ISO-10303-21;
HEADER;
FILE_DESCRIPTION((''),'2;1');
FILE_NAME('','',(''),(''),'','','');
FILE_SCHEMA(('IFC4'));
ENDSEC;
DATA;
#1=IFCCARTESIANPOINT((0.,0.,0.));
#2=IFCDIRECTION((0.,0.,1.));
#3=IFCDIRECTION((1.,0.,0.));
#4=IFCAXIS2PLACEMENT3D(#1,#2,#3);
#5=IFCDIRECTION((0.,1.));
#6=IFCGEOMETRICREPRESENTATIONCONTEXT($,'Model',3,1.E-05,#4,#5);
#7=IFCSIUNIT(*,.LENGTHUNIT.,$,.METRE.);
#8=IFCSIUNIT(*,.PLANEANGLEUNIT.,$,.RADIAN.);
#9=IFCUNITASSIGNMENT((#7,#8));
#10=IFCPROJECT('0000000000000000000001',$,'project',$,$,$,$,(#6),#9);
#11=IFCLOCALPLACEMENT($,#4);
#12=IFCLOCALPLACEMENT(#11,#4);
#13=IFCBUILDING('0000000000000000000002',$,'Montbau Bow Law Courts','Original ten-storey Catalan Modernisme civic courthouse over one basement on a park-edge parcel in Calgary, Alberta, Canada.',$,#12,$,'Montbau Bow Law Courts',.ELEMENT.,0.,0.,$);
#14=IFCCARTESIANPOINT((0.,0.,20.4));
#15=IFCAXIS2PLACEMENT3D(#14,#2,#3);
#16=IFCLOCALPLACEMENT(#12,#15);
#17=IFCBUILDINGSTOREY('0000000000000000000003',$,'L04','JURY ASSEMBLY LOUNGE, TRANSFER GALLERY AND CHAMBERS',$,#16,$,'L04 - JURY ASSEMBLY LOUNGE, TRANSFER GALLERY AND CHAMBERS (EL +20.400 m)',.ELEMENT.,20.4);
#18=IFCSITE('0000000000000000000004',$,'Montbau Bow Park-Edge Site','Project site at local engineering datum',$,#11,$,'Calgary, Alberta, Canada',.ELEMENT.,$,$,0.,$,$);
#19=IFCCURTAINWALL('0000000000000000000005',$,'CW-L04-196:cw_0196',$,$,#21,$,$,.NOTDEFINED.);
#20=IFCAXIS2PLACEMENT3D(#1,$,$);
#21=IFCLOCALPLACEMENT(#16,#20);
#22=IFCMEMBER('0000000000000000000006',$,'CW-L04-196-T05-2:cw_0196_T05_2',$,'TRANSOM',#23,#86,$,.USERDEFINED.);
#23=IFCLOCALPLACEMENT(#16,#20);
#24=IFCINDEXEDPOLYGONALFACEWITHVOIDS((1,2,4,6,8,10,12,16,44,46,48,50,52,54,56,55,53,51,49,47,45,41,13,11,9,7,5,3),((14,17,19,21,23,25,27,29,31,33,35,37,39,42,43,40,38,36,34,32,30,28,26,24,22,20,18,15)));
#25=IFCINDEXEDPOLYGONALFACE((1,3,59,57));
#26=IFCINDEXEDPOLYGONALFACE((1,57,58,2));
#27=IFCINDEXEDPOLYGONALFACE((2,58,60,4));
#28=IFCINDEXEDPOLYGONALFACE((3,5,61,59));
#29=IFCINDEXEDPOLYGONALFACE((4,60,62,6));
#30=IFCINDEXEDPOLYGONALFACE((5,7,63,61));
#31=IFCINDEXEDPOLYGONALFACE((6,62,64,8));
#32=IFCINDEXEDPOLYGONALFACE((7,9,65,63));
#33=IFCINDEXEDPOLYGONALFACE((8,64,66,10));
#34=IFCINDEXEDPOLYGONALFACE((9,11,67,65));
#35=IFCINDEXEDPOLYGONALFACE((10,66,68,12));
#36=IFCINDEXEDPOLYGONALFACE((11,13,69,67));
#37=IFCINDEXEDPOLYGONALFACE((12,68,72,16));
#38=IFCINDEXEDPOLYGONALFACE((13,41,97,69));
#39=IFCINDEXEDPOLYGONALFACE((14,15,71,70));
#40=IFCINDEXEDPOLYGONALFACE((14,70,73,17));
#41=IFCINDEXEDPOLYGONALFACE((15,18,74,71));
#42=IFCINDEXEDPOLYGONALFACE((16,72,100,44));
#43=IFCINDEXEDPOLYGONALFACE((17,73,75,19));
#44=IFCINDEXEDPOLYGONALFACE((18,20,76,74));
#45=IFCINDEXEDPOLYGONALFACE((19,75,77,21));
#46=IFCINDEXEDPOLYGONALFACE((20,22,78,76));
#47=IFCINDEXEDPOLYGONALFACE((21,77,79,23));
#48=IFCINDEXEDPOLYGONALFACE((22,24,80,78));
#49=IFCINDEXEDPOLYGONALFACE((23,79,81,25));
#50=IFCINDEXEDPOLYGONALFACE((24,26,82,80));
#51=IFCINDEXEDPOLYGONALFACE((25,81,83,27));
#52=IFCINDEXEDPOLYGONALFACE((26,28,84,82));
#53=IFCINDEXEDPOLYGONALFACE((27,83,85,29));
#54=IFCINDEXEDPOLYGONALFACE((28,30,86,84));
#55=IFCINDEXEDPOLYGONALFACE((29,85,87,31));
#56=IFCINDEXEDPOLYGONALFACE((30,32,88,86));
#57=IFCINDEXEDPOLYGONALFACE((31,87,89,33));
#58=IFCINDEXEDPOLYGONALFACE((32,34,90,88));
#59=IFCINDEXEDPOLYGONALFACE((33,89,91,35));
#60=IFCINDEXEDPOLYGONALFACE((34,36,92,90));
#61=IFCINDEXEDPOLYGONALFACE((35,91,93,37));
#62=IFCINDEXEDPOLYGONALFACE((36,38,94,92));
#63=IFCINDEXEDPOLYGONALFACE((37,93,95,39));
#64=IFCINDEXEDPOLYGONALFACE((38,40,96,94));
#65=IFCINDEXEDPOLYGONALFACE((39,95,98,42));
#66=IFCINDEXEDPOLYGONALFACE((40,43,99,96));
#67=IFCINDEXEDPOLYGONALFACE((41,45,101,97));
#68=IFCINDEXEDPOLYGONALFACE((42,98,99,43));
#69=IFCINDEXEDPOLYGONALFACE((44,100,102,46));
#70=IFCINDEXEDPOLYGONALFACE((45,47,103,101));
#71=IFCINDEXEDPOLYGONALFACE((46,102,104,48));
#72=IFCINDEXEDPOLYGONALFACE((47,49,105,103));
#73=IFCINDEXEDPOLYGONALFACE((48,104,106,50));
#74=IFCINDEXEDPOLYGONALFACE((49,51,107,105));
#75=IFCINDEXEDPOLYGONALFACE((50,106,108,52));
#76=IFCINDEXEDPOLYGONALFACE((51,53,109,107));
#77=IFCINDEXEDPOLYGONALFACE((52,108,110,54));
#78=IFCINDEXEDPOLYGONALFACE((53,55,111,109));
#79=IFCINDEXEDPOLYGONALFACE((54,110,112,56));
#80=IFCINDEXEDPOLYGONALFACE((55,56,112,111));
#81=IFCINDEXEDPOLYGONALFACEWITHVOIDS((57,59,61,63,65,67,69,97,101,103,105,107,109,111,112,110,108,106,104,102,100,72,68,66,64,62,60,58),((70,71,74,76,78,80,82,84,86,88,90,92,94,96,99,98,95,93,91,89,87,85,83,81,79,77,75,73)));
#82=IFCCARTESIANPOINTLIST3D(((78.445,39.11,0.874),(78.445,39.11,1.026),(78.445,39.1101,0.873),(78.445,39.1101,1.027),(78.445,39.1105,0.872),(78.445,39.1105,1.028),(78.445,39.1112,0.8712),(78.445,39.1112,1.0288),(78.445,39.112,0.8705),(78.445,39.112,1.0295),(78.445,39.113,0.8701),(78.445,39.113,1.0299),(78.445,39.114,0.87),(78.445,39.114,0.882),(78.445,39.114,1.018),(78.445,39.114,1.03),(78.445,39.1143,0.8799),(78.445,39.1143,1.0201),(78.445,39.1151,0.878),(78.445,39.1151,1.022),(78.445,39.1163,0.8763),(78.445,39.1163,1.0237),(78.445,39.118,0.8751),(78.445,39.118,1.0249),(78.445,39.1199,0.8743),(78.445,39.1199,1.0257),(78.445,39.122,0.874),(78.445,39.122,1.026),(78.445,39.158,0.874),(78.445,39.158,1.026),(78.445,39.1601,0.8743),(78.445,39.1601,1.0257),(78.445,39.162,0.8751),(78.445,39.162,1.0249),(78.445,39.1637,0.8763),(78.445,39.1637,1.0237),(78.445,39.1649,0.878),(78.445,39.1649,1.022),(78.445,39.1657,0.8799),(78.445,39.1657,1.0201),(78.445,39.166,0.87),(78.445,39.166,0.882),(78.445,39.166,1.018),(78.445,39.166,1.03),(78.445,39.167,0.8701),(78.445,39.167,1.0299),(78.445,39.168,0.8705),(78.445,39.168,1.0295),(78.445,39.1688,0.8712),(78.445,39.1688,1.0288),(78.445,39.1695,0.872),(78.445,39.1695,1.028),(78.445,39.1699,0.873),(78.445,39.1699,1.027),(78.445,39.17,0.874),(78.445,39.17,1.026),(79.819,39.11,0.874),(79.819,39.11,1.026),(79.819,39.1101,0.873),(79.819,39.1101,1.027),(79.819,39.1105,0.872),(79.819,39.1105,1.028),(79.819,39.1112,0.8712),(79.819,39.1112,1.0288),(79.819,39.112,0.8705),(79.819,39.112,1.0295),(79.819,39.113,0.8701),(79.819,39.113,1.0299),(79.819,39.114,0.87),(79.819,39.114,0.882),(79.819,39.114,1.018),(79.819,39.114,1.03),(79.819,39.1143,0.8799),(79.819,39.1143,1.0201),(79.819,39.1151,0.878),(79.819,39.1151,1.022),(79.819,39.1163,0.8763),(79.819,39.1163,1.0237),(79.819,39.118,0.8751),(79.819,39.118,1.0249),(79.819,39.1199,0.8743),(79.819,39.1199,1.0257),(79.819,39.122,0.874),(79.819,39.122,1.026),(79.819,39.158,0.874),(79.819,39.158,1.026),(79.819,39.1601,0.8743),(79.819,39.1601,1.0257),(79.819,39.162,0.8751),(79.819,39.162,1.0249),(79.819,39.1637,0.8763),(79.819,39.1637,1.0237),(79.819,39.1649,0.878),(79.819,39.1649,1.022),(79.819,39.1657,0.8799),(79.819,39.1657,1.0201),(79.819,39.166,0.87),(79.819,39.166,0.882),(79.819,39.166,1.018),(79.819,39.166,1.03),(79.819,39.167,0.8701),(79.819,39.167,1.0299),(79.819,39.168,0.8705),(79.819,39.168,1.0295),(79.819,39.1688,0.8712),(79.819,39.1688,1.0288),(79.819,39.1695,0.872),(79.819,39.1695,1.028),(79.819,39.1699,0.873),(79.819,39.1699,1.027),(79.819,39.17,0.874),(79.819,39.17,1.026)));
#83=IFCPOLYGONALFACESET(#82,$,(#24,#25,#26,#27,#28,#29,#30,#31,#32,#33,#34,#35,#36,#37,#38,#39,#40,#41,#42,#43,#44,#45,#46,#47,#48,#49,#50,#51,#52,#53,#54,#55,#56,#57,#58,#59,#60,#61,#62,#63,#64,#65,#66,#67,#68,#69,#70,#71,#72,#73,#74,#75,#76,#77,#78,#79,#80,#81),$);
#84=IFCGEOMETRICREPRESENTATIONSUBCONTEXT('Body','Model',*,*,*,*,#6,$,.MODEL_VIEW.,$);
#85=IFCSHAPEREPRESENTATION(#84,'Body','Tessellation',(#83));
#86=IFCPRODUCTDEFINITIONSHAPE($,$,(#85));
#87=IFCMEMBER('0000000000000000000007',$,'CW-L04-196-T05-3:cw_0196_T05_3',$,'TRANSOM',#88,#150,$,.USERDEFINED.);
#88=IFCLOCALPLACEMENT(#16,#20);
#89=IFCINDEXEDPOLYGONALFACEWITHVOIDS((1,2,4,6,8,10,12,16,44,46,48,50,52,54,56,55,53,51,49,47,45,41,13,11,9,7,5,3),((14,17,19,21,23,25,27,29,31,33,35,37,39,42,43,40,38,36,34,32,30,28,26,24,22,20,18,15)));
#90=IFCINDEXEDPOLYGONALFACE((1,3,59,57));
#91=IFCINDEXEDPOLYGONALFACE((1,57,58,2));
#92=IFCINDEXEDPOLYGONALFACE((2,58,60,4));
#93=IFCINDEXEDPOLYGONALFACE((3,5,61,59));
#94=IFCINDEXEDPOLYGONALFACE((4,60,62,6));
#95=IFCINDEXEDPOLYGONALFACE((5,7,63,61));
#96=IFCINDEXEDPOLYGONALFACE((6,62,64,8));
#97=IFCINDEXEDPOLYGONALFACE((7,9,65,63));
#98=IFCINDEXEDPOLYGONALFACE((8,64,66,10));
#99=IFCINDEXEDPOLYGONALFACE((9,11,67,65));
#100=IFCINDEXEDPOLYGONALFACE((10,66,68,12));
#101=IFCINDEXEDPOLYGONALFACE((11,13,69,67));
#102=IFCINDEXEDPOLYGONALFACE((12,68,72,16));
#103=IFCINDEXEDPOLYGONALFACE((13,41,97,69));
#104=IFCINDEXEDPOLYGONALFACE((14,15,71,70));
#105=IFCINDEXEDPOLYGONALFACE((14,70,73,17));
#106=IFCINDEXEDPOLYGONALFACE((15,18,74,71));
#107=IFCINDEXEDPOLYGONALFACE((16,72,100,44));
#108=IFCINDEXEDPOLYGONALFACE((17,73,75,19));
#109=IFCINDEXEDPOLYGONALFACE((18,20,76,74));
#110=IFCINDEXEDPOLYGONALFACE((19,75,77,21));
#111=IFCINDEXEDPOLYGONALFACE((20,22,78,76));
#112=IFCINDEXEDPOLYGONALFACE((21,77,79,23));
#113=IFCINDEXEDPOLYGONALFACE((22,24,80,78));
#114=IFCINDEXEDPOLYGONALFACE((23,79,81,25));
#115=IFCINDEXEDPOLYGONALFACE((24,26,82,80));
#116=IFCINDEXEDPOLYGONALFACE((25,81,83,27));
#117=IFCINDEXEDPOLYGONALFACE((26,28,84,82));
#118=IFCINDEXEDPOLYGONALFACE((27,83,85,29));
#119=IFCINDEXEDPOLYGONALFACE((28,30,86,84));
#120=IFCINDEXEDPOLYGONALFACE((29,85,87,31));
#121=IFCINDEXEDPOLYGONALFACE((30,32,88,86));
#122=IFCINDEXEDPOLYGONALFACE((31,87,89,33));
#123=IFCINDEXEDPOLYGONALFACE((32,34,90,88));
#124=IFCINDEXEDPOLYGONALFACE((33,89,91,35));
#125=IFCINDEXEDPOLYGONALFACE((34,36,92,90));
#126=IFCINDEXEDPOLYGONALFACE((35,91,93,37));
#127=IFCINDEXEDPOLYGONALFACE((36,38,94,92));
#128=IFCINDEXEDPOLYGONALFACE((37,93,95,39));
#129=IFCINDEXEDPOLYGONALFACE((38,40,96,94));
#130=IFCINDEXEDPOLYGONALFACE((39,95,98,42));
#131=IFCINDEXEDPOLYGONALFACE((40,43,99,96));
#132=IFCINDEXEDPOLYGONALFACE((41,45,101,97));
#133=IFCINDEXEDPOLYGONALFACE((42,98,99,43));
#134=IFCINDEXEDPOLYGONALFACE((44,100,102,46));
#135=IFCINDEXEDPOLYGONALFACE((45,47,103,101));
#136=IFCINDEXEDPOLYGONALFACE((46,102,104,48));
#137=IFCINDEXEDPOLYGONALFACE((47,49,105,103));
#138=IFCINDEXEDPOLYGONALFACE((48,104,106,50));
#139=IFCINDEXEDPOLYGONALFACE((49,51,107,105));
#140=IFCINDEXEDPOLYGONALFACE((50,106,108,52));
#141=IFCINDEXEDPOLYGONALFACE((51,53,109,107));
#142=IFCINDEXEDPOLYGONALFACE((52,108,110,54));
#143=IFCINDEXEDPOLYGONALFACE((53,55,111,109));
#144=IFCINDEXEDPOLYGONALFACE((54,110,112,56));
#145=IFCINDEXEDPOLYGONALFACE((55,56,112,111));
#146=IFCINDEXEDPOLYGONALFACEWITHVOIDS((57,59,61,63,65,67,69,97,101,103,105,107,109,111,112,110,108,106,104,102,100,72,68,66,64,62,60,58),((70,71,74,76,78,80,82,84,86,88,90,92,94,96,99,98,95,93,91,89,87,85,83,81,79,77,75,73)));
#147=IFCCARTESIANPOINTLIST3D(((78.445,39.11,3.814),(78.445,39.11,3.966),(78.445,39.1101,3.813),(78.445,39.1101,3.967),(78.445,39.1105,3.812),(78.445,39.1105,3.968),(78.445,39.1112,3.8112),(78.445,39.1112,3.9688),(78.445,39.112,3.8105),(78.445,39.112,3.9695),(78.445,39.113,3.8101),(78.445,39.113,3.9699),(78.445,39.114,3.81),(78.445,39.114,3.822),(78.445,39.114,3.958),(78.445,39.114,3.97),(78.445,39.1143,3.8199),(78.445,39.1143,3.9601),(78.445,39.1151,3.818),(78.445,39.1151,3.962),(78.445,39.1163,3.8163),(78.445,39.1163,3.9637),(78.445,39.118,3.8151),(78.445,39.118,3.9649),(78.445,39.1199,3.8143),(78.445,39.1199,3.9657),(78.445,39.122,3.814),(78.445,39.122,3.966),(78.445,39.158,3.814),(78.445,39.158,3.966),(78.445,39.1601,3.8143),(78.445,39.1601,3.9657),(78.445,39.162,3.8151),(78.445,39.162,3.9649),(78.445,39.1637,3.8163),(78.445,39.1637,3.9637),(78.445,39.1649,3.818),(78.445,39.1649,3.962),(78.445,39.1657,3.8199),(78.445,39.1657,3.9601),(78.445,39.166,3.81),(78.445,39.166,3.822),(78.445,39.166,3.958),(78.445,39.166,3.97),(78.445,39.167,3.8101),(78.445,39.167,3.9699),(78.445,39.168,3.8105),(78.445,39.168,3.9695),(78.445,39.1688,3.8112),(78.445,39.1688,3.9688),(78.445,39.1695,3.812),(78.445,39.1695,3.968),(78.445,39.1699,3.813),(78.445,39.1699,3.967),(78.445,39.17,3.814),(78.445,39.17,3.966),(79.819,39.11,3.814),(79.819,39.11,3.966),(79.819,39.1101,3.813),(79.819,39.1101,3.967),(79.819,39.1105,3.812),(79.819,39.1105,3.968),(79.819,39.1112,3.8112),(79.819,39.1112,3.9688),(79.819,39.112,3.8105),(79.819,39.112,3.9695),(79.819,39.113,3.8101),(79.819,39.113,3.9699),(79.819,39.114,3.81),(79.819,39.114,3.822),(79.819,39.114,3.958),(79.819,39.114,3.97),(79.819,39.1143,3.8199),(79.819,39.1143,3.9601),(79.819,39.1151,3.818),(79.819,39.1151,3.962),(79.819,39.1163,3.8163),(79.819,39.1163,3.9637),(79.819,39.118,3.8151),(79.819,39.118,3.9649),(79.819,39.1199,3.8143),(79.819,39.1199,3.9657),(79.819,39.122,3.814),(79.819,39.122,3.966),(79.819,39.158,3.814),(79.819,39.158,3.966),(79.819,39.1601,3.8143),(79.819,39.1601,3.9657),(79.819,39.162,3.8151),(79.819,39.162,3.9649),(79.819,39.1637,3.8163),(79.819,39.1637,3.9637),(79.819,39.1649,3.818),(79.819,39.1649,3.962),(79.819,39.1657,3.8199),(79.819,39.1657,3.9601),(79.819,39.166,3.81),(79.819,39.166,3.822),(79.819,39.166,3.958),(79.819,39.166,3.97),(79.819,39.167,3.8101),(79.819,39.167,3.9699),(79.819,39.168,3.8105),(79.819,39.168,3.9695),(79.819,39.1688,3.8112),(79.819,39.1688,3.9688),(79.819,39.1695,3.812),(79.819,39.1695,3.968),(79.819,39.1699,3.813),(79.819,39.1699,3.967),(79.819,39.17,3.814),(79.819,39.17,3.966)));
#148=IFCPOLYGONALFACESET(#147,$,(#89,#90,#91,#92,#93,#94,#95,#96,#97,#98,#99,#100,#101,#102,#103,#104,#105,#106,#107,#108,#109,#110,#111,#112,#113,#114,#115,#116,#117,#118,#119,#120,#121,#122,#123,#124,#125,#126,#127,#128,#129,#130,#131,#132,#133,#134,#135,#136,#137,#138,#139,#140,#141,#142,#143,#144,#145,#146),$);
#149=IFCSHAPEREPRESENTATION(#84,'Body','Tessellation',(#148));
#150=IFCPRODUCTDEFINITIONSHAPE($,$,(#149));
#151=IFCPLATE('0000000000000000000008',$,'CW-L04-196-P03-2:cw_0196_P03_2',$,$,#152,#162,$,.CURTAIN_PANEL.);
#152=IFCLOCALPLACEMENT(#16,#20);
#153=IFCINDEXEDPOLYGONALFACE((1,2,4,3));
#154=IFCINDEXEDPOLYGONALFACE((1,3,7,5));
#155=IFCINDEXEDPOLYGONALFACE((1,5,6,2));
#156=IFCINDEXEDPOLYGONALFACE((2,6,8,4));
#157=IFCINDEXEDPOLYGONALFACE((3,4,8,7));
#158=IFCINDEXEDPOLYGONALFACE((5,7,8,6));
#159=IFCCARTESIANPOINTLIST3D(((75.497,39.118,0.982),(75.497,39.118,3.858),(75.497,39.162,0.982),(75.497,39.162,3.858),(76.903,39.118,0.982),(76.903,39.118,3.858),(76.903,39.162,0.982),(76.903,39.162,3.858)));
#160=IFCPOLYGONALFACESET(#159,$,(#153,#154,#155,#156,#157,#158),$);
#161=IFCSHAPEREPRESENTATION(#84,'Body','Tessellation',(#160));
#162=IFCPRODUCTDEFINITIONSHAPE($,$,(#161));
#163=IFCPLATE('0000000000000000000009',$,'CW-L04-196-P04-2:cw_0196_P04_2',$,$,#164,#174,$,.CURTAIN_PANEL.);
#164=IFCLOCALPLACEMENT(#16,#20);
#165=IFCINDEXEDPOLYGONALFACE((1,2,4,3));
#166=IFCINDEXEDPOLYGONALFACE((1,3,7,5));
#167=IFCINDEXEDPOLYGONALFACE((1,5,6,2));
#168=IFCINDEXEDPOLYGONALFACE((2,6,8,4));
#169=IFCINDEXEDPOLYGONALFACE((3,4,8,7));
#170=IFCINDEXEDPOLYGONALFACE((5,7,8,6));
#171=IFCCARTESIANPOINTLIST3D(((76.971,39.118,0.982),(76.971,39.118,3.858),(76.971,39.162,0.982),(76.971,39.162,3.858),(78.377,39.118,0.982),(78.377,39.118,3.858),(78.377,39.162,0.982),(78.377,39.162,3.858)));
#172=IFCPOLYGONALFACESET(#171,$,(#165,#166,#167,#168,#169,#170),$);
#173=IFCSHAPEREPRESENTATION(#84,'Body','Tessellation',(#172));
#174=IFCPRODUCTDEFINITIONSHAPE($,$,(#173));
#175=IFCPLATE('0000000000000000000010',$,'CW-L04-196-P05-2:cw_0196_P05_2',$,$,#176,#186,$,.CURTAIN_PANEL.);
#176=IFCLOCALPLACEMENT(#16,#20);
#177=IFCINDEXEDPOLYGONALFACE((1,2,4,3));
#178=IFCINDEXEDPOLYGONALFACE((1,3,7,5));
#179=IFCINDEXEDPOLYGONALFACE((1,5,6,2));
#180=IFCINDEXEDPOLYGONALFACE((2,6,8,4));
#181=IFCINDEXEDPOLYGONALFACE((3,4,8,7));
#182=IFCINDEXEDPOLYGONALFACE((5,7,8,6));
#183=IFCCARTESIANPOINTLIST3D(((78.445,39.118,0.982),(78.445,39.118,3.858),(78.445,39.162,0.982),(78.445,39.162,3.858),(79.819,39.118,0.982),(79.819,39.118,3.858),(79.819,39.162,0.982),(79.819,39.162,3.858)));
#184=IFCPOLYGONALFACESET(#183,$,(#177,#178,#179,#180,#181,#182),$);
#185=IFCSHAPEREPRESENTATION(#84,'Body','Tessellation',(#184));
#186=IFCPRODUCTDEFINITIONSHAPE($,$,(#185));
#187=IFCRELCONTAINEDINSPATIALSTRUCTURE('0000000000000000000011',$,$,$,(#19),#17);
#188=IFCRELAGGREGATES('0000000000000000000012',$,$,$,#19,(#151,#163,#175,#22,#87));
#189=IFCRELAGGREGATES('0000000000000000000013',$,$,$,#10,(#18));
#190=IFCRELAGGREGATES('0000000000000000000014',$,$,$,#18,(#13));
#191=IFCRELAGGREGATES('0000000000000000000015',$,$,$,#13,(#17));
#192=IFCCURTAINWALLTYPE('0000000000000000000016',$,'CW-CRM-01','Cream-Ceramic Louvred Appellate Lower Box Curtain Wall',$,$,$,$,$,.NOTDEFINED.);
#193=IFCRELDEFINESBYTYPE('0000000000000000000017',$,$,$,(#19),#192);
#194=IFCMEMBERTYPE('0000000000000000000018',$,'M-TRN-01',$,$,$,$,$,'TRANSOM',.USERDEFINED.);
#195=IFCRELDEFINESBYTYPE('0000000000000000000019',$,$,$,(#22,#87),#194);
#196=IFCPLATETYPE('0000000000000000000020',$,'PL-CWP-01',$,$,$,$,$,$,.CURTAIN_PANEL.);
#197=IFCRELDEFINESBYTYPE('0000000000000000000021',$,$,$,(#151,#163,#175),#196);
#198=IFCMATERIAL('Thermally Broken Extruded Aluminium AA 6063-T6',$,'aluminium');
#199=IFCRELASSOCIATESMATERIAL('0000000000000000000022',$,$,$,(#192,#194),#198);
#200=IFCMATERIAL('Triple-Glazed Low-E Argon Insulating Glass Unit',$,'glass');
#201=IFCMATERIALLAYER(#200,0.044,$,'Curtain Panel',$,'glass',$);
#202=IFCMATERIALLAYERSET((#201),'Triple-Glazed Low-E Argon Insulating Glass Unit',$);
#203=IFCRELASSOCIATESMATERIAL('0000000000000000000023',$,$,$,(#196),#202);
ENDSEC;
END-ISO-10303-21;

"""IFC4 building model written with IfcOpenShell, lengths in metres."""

from ifc_helpers import new_model, si_unit, direction, frame, frame_2d, origin_with_axes, origin_2d_with_axis, place, context, subcontext, project, spatial, rectangle, hollow_rectangle, extrude, material, layer, layer_set, material_profile, profile_set, type_object, element, aggregate, save


model = new_model("IFC4")

# Units and contexts
model_context = context("Model", 3, precision=1e-05, world=origin_with_axes(), true_north=direction((0.0, 1.0)))
body_context = subcontext(model_context, "Body", "Model", "MODEL_VIEW")
ifc_project = project(units=[si_unit("LENGTHUNIT", "METRE"), si_unit("PLANEANGLEUNIT", "RADIAN")], contexts=[model_context])

# Site, building, storey
site_placement = place(None, origin_with_axes())
site = spatial("IfcSite", under=ifc_project, at=site_placement, Name="Montbau Bow Park-Edge Site", Description="Project site at local engineering datum", LongName="Calgary, Alberta, Canada", CompositionType="ELEMENT", RefElevation=0.0)
building_placement = place(site_placement, origin_with_axes())
building = spatial("IfcBuilding", under=site, at=building_placement, Name="Montbau Bow Law Courts", Description="Original ten-storey Catalan Modernisme civic courthouse over one basement on a park-edge parcel in Calgary, Alberta, Canada.", LongName="Montbau Bow Law Courts", CompositionType="ELEMENT", ElevationOfRefHeight=0.0, ElevationOfTerrain=0.0)
storey_placement = place(building_placement, frame((0.0, 0.0, 20.4), z_axis=(0.0, 0.0, 1.0), x_axis=(1.0, 0.0, 0.0)))
storey = spatial("IfcBuildingStorey", under=building, at=storey_placement, Name="L04", Description="JURY ASSEMBLY LOUNGE, TRANSFER GALLERY AND CHAMBERS", LongName="L04 - JURY ASSEMBLY LOUNGE, TRANSFER GALLERY AND CHAMBERS (EL +20.400 m)", CompositionType="ELEMENT", Elevation=20.4)

# Curtain wall, members, plates
ifc_material_1 = material(Name="Thermally Broken Extruded Aluminium AA 6063-T6", Category="aluminium")
curtain_wall_type = type_object("IfcCurtainWallType", Name="CW-CRM-01", Description="Cream-Ceramic Louvred Appellate Lower Box Curtain Wall", PredefinedType="NOTDEFINED", material=ifc_material_1)
curtain_wall_placement = place(None, frame((72.515, 39.14, 20.4), z_axis=(0.0, 0.0, 1.0), x_axis=(1.0, 0.0, 0.0)))
curtain_wall = element("IfcCurtainWall", 1, at=curtain_wall_placement, inside=storey, type_object=curtain_wall_type, Name="CW-L04-196:cw_0196", PredefinedType="NOTDEFINED")
ifc_material_profile_1 = material_profile(ifc_material_1, hollow_rectangle(XDim=0.06, YDim=0.16, WallThickness=0.004, InnerFilletRadius=0.008, OuterFilletRadius=0.004, at=origin_2d_with_axis()), Name="CWT-160X60", Category="Main", Priority=0)
ifc_profile_set_1 = profile_set([ifc_material_profile_1], Name="Thermally Broken Extruded Aluminium AA 6063-T6")
member_type_1 = type_object("IfcMemberType", Name="M-TRN-01", ElementType="TRANSOM", PredefinedType="USERDEFINED", material=ifc_profile_set_1)
member_1_placement = place(None, frame((78.445, 39.14, 21.35), z_axis=(1.0, 0.0, 0.0), x_axis=(0.0, 1.0, 0.0)))
member_1 = element("IfcMember", 2, at=member_1_placement, type_object=member_type_1, Name="CW-L04-196-T05-2:cw_0196_T05_2", ObjectType="TRANSOM", PredefinedType="USERDEFINED", context=body_context, shape_type="SweptSolid", body=[
    extrude(hollow_rectangle(XDim=0.06, YDim=0.16, WallThickness=0.004, InnerFilletRadius=0.008, OuterFilletRadius=0.004, at=origin_2d_with_axis()), origin_with_axes(), (0.0, 0.0, 1.0), 1.374),
])
member_2_placement = place(None, frame((78.445, 39.14, 24.29), z_axis=(1.0, 0.0, 0.0), x_axis=(0.0, 1.0, 0.0)))
member_2 = element("IfcMember", 3, at=member_2_placement, type_object=member_type_1, Name="CW-L04-196-T05-3:cw_0196_T05_3", ObjectType="TRANSOM", PredefinedType="USERDEFINED", context=body_context, shape_type="SweptSolid", body=[
    extrude(hollow_rectangle(XDim=0.06, YDim=0.16, WallThickness=0.004, InnerFilletRadius=0.008, OuterFilletRadius=0.004, at=origin_2d_with_axis()), origin_with_axes(), (0.0, 0.0, 1.0), 1.374),
])
ifc_material_2 = material(Name="Triple-Glazed Low-E Argon Insulating Glass Unit", Category="glass")
ifc_layer_1 = layer(ifc_material_2, 0.044, Name="Curtain Panel", Category="glass")
ifc_layer_set_1 = layer_set([ifc_layer_1], Name="Triple-Glazed Low-E Argon Insulating Glass Unit")
plate_type_1 = type_object("IfcPlateType", Name="PL-CWP-01", PredefinedType="CURTAIN_PANEL", material=ifc_layer_set_1)
plate_1_placement = place(None, frame((75.497, 39.14, 21.382), z_axis=(0.0, -1.0, 0.0), x_axis=(1.0, 0.0, 0.0)))
plate_1 = element("IfcPlate", 4, at=plate_1_placement, type_object=plate_type_1, Name="CW-L04-196-P03-2:cw_0196_P03_2", PredefinedType="CURTAIN_PANEL", context=body_context, shape_type="SweptSolid", body=[
    extrude(rectangle(XDim=1.406, YDim=2.876, at=frame_2d((0.703, 1.438), x_axis=(1.0, 0.0))), frame((0.0, 0.0, -0.022), z_axis=(0.0, 0.0, 1.0), x_axis=(1.0, 0.0, 0.0)), (0.0, 0.0, 1.0), 0.044),
])
plate_2_placement = place(None, frame((76.971, 39.14, 21.382), z_axis=(0.0, -1.0, 0.0), x_axis=(1.0, 0.0, 0.0)))
plate_2 = element("IfcPlate", 5, at=plate_2_placement, type_object=plate_type_1, Name="CW-L04-196-P04-2:cw_0196_P04_2", PredefinedType="CURTAIN_PANEL", context=body_context, shape_type="SweptSolid", body=[
    extrude(rectangle(XDim=1.406, YDim=2.876, at=frame_2d((0.703, 1.438), x_axis=(1.0, 0.0))), frame((0.0, 0.0, -0.022), z_axis=(0.0, 0.0, 1.0), x_axis=(1.0, 0.0, 0.0)), (0.0, 0.0, 1.0), 0.044),
])
plate_3_placement = place(None, frame((78.445, 39.14, 21.382), z_axis=(0.0, -1.0, 0.0), x_axis=(1.0, 0.0, 0.0)))
plate_3 = element("IfcPlate", 6, at=plate_3_placement, type_object=plate_type_1, Name="CW-L04-196-P05-2:cw_0196_P05_2", PredefinedType="CURTAIN_PANEL", context=body_context, shape_type="SweptSolid", body=[
    extrude(rectangle(XDim=1.374, YDim=2.876, at=frame_2d((0.687, 1.438), x_axis=(1.0, 0.0))), frame((0.0, 0.0, -0.022), z_axis=(0.0, 0.0, 1.0), x_axis=(1.0, 0.0, 0.0)), (0.0, 0.0, 1.0), 0.044),
])
aggregate(curtain_wall, [plate_1, plate_2, plate_3, member_1, member_2])

save(model, "model.ifc")
